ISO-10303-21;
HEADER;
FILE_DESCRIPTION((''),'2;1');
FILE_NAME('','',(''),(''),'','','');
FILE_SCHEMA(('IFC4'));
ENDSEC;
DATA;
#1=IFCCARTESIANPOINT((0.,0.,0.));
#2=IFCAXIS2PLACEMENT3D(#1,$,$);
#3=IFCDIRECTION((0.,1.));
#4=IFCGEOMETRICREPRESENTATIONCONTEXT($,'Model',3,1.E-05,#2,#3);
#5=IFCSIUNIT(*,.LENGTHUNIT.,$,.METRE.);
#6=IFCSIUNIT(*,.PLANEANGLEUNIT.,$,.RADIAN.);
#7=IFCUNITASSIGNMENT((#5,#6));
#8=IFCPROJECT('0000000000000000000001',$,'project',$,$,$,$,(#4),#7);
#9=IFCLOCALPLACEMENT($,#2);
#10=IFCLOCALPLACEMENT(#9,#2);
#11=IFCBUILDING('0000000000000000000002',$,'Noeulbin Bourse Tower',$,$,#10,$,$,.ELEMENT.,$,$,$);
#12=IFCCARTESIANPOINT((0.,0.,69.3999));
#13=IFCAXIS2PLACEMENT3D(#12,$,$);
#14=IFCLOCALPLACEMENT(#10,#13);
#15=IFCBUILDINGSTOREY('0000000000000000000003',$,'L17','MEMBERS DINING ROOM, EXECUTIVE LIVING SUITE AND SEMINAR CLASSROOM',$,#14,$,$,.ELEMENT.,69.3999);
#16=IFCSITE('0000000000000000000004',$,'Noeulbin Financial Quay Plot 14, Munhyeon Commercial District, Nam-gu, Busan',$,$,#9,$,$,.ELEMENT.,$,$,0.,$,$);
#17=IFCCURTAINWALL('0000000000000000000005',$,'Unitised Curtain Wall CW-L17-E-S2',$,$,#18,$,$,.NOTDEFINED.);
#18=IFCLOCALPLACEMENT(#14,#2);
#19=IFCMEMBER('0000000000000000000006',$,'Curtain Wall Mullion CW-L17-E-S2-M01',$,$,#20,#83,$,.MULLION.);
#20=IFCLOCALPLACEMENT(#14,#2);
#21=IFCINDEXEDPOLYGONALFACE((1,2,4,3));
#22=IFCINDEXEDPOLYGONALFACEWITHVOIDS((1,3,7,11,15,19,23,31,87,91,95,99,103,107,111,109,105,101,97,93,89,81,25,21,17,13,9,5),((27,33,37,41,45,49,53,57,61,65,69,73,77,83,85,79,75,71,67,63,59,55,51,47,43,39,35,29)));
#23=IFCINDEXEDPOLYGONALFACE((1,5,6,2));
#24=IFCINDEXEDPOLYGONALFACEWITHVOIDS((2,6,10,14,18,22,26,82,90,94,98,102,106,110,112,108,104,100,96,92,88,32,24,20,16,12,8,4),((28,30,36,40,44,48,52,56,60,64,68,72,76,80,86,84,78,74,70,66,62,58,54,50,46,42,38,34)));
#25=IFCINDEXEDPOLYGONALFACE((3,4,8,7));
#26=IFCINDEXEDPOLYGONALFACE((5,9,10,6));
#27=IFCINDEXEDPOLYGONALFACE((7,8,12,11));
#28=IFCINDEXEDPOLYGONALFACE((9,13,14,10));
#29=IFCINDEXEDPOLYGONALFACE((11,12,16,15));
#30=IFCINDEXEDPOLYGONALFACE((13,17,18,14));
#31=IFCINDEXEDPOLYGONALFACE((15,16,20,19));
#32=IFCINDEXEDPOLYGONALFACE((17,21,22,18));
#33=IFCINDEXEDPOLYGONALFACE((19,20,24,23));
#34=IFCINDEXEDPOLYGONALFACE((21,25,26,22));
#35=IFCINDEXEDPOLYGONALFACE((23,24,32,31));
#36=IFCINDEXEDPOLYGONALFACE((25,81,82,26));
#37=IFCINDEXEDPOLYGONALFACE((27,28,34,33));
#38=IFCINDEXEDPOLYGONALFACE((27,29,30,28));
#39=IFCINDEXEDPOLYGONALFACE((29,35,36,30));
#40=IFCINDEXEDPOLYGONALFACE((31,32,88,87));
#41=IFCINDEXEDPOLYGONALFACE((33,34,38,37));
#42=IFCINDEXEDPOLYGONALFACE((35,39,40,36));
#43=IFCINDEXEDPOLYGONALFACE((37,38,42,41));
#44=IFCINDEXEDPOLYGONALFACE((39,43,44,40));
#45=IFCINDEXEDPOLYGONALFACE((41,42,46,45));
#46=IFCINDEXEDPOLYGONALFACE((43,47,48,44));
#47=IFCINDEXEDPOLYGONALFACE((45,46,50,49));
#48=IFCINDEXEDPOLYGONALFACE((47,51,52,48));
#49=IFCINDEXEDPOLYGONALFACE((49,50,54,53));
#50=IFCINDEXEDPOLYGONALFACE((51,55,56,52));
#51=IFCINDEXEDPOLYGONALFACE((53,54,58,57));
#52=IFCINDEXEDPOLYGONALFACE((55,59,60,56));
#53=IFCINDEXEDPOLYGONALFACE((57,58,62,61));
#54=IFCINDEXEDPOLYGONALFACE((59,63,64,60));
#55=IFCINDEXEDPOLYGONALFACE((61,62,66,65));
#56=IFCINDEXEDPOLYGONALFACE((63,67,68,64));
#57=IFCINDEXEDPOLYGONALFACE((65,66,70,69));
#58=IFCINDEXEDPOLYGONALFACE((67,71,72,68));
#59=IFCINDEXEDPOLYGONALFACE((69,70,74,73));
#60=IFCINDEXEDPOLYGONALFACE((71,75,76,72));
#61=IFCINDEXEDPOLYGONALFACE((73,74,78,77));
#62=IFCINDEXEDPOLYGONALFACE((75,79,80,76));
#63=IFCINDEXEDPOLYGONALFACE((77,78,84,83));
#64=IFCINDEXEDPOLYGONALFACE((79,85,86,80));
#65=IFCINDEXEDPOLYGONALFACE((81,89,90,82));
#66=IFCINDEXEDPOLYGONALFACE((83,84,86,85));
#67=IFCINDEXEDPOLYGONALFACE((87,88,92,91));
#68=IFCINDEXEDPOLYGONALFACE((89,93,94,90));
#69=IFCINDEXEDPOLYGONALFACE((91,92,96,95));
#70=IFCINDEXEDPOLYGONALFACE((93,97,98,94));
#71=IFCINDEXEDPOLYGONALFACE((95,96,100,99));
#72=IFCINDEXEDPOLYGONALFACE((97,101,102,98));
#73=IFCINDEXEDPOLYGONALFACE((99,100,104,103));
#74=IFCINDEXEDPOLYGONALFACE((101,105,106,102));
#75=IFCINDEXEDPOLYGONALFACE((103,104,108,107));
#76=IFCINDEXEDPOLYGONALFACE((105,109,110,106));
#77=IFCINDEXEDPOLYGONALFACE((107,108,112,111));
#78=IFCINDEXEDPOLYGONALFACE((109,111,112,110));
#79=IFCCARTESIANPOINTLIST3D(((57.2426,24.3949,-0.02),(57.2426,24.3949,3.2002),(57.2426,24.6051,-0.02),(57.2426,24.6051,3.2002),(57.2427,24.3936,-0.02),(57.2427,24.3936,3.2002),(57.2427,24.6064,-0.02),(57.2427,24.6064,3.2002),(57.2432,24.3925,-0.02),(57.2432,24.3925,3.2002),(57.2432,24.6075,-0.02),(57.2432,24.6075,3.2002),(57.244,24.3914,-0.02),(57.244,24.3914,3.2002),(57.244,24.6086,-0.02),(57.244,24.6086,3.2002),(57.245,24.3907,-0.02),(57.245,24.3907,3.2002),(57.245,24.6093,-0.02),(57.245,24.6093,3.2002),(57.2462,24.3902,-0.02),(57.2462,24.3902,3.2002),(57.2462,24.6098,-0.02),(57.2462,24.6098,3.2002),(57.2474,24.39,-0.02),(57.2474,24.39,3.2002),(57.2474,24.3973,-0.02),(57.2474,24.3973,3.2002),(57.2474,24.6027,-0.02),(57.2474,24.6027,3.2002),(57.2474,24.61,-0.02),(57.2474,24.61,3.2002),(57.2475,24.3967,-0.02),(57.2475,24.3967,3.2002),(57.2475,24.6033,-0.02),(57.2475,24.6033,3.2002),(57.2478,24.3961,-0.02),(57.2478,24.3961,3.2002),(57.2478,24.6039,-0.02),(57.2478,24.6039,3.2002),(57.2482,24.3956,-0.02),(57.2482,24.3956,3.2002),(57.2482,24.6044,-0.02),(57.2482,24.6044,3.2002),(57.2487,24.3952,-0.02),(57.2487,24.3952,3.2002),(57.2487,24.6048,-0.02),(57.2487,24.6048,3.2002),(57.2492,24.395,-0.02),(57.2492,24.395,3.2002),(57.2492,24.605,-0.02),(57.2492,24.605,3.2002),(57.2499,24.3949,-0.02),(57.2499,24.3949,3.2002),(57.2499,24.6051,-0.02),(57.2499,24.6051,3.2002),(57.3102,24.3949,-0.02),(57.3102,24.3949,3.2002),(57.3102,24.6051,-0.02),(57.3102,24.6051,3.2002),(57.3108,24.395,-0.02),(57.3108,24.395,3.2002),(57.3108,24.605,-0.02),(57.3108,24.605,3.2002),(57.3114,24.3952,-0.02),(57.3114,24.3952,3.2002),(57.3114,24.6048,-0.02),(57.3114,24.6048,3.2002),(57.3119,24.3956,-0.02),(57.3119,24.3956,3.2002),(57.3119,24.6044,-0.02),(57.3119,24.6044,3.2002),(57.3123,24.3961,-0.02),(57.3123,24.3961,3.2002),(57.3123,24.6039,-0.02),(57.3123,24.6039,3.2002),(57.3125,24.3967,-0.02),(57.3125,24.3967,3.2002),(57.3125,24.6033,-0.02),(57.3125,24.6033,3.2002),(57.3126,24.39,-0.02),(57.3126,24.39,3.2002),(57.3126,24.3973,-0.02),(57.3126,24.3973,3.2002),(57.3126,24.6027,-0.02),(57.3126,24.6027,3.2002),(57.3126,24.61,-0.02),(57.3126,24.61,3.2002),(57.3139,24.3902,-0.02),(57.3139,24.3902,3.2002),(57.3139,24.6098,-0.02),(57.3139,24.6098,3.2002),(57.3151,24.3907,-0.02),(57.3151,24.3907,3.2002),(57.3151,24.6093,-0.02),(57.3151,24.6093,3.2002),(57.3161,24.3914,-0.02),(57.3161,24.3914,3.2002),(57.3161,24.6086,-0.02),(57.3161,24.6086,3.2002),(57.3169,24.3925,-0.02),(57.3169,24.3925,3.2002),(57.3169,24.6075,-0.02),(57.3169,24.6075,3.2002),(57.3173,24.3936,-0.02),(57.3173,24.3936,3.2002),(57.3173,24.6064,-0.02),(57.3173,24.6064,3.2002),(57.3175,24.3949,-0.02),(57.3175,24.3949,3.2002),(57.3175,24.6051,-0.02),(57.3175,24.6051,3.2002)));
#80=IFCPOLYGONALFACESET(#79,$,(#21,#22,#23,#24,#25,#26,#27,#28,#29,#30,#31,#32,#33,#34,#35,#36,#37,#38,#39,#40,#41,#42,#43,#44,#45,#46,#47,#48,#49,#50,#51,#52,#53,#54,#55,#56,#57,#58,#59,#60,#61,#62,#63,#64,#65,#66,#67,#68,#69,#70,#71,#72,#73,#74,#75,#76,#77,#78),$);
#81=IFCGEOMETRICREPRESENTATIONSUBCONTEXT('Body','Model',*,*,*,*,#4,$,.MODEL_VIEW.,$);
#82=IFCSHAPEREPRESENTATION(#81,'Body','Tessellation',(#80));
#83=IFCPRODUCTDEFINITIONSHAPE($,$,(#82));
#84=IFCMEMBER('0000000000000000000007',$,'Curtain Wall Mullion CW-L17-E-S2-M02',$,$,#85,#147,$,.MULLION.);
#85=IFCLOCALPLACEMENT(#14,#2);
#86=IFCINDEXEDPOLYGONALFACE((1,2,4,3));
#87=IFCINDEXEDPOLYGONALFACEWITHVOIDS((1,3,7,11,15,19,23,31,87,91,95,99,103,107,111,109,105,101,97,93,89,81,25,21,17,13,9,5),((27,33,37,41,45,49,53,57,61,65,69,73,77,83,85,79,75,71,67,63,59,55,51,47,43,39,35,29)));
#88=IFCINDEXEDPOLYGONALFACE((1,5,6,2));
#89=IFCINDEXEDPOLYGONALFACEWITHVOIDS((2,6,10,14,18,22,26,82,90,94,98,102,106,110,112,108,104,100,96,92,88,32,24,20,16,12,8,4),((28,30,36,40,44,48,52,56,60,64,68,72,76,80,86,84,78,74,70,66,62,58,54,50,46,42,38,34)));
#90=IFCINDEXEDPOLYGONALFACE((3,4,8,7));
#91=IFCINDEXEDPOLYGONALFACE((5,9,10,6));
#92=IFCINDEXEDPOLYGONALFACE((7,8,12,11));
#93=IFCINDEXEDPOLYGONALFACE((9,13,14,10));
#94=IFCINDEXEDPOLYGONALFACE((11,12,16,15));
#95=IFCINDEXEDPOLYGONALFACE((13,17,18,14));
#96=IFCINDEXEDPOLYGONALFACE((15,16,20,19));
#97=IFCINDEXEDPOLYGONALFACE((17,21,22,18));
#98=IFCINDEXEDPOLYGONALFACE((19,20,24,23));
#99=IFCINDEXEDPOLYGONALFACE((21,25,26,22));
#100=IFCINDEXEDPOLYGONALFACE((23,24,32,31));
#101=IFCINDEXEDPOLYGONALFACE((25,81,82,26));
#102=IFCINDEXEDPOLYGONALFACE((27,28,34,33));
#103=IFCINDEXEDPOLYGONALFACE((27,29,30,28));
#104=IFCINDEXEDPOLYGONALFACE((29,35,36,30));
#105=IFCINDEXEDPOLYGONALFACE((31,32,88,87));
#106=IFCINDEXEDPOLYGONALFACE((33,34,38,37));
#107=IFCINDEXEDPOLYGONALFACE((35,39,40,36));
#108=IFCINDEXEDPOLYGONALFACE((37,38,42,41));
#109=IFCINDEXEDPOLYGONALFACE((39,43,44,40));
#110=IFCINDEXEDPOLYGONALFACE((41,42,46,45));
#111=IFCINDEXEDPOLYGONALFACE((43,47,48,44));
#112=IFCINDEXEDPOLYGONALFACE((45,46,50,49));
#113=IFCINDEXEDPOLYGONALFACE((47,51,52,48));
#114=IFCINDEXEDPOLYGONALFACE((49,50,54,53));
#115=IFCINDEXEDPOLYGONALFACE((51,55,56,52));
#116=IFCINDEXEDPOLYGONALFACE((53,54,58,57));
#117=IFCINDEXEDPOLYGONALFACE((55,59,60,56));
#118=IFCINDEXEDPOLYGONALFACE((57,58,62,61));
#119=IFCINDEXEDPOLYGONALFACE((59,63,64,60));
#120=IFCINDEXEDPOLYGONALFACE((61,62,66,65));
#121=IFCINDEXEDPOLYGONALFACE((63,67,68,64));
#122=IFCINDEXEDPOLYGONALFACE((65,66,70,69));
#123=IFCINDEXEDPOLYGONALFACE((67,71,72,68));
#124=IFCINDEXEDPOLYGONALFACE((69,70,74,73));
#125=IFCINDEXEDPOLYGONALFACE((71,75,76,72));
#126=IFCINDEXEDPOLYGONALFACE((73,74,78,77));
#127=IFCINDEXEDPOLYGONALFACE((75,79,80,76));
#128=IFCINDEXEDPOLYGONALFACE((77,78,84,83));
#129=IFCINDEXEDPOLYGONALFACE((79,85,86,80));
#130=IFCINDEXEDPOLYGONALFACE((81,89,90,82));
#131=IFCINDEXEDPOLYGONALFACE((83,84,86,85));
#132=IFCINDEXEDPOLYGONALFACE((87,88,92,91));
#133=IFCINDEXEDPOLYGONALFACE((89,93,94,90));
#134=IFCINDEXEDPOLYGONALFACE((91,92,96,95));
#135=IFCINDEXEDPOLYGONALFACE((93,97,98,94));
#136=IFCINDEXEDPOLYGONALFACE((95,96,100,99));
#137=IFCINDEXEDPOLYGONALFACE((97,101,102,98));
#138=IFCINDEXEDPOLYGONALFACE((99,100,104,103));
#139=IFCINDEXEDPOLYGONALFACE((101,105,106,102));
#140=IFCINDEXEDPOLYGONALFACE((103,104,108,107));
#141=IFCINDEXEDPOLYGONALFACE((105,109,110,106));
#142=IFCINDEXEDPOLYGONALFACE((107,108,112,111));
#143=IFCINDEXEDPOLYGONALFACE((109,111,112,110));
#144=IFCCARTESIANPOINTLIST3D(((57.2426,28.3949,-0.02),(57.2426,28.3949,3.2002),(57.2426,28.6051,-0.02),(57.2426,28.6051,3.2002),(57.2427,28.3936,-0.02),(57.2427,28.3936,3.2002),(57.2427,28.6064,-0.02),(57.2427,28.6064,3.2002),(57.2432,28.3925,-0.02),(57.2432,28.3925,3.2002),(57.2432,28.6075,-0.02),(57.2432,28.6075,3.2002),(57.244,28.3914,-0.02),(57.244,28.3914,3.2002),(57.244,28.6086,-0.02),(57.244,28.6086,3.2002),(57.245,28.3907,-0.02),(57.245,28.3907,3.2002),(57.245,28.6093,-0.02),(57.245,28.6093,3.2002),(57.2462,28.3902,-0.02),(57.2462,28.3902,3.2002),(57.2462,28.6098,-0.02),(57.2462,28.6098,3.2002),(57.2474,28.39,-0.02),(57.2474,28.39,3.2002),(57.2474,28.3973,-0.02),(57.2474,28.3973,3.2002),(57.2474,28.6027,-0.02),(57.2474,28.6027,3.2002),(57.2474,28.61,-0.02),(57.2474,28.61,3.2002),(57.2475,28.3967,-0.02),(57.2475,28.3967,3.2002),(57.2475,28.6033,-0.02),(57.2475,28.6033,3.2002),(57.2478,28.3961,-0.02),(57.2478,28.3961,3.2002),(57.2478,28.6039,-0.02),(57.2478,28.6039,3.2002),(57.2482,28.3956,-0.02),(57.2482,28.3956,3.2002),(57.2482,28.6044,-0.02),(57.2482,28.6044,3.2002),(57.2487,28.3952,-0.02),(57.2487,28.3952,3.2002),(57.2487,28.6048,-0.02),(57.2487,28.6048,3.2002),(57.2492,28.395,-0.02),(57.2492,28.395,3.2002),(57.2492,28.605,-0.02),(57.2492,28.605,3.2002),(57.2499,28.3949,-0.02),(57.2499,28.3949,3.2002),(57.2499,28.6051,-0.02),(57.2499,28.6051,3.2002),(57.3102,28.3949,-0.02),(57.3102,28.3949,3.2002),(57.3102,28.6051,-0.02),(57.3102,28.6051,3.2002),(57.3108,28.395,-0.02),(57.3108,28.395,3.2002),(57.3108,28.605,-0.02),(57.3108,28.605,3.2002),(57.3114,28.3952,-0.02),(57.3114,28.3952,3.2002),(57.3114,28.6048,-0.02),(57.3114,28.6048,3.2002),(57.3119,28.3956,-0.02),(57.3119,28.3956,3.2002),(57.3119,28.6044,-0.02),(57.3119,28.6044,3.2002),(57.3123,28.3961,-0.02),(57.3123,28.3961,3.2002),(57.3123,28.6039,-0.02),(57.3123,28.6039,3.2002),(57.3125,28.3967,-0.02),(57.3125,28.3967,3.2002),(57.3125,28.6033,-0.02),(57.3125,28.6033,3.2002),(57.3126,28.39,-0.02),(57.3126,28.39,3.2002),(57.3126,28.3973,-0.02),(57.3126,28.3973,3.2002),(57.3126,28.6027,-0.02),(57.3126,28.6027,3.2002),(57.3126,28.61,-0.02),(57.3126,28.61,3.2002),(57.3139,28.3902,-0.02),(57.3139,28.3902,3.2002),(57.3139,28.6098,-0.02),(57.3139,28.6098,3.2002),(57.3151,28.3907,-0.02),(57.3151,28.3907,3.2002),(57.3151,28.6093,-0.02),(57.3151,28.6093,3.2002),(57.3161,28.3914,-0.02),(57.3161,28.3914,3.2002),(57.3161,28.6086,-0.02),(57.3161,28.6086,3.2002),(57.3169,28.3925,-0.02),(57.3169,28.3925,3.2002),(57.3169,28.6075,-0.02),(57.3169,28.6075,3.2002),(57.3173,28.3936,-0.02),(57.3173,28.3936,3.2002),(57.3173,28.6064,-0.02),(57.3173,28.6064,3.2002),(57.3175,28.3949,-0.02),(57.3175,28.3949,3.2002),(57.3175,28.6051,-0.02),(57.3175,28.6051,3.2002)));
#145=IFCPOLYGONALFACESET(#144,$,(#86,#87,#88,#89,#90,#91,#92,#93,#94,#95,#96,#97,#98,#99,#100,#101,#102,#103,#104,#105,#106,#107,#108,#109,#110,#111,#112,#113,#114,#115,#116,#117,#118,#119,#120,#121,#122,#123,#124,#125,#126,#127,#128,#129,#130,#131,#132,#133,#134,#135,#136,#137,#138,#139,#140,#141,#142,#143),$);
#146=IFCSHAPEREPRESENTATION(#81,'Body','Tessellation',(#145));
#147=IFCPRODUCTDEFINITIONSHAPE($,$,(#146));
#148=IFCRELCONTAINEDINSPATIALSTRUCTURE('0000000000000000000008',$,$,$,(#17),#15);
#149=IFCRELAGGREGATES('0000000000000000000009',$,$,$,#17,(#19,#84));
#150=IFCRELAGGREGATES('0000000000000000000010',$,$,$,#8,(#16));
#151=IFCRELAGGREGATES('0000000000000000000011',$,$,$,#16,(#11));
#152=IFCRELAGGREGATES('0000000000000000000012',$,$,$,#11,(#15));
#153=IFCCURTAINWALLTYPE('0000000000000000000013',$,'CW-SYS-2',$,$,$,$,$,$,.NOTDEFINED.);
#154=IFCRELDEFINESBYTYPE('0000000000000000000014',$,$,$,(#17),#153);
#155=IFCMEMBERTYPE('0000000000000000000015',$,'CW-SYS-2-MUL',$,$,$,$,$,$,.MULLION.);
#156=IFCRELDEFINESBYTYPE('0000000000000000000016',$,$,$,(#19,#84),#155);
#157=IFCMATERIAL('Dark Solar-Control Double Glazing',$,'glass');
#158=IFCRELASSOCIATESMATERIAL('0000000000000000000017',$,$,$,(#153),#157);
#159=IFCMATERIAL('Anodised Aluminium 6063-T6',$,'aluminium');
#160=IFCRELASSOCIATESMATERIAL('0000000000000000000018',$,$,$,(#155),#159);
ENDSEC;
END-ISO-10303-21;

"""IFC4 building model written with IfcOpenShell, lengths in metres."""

from ifc_helpers import new_model, si_unit, direction, frame, origin, origin_2d, place, context, subcontext, project, spatial, hollow_rectangle, extrude, material, material_profile, profile_set, type_object, element, aggregate, save


model = new_model("IFC4")

# Units and contexts
model_context = context("Model", 3, precision=1e-05, world=origin(), true_north=direction((0.0, 1.0)))
body_context = subcontext(model_context, "Body", "Model", "MODEL_VIEW")
ifc_project = project(units=[si_unit("LENGTHUNIT", "METRE"), si_unit("PLANEANGLEUNIT", "RADIAN")], contexts=[model_context])

# Site, building, storey
site_placement = place(None, origin())
site = spatial("IfcSite", under=ifc_project, at=site_placement, Name="Noeulbin Financial Quay Plot 14, Munhyeon Commercial District, Nam-gu, Busan", CompositionType="ELEMENT", RefElevation=0.0)
building_placement = place(site_placement, origin())
building = spatial("IfcBuilding", under=site, at=building_placement, Name="Noeulbin Bourse Tower", CompositionType="ELEMENT")
storey_placement = place(building_placement, frame((0.0, 0.0, 69.3999)))
storey = spatial("IfcBuildingStorey", under=building, at=storey_placement, Name="L17", Description="MEMBERS DINING ROOM, EXECUTIVE LIVING SUITE AND SEMINAR CLASSROOM", CompositionType="ELEMENT", Elevation=69.3999)

# Curtain wall, members
ifc_material_1 = material(Name="Dark Solar-Control Double Glazing", Category="glass")
curtain_wall_type = type_object("IfcCurtainWallType", Name="CW-SYS-2", PredefinedType="NOTDEFINED", material=ifc_material_1)
ifc_material_2 = material(Name="Anodised Aluminium 6063-T6", Category="aluminium")
ifc_material_profile_1 = material_profile(ifc_material_2, hollow_rectangle(XDim=0.075, YDim=0.22, WallThickness=0.0049, InnerFilletRadius=0.0024, OuterFilletRadius=0.0049, at=origin_2d()), Name="ALU-MULL-75x220x5", Category="LoadBearing")
ifc_profile_set_1 = profile_set([ifc_material_profile_1], Name="Anodised Aluminium 6063-T6")
member_type_1 = type_object("IfcMemberType", Name="CW-SYS-2-MUL", PredefinedType="MULLION", material=ifc_profile_set_1)
curtain_wall_1_placement = place(storey_placement, origin())
curtain_wall_1 = element("IfcCurtainWall", 1, at=curtain_wall_1_placement, inside=storey, type_object=curtain_wall_type, Name="Unitised Curtain Wall CW-L17-E-S2", PredefinedType="NOTDEFINED")
member_1_placement = place(storey_placement, frame((57.28, 24.5, -0.02), z_axis=(0.0, 0.0, 1.0), x_axis=(1.0, 0.0, 0.0)))
member_1 = element("IfcMember", 2, at=member_1_placement, type_object=member_type_1, Name="Curtain Wall Mullion CW-L17-E-S2-M01", PredefinedType="MULLION", context=body_context, shape_type="SweptSolid", body=[
    extrude(hollow_rectangle(XDim=0.075, YDim=0.22, WallThickness=0.0049, InnerFilletRadius=0.0024, OuterFilletRadius=0.0049, at=origin_2d()), origin(), (0.0, 0.0, 1.0), 3.2202),
])
member_2_placement = place(storey_placement, frame((57.28, 28.5, -0.02), z_axis=(0.0, 0.0, 1.0), x_axis=(1.0, 0.0, 0.0)))
member_2 = element("IfcMember", 3, at=member_2_placement, type_object=member_type_1, Name="Curtain Wall Mullion CW-L17-E-S2-M02", PredefinedType="MULLION", context=body_context, shape_type="SweptSolid", body=[
    extrude(hollow_rectangle(XDim=0.075, YDim=0.22, WallThickness=0.0049, InnerFilletRadius=0.0024, OuterFilletRadius=0.0049, at=origin_2d()), origin(), (0.0, 0.0, 1.0), 3.2202),
])

aggregate(curtain_wall_1, [member_1, member_2])

save(model, "model.ifc")
